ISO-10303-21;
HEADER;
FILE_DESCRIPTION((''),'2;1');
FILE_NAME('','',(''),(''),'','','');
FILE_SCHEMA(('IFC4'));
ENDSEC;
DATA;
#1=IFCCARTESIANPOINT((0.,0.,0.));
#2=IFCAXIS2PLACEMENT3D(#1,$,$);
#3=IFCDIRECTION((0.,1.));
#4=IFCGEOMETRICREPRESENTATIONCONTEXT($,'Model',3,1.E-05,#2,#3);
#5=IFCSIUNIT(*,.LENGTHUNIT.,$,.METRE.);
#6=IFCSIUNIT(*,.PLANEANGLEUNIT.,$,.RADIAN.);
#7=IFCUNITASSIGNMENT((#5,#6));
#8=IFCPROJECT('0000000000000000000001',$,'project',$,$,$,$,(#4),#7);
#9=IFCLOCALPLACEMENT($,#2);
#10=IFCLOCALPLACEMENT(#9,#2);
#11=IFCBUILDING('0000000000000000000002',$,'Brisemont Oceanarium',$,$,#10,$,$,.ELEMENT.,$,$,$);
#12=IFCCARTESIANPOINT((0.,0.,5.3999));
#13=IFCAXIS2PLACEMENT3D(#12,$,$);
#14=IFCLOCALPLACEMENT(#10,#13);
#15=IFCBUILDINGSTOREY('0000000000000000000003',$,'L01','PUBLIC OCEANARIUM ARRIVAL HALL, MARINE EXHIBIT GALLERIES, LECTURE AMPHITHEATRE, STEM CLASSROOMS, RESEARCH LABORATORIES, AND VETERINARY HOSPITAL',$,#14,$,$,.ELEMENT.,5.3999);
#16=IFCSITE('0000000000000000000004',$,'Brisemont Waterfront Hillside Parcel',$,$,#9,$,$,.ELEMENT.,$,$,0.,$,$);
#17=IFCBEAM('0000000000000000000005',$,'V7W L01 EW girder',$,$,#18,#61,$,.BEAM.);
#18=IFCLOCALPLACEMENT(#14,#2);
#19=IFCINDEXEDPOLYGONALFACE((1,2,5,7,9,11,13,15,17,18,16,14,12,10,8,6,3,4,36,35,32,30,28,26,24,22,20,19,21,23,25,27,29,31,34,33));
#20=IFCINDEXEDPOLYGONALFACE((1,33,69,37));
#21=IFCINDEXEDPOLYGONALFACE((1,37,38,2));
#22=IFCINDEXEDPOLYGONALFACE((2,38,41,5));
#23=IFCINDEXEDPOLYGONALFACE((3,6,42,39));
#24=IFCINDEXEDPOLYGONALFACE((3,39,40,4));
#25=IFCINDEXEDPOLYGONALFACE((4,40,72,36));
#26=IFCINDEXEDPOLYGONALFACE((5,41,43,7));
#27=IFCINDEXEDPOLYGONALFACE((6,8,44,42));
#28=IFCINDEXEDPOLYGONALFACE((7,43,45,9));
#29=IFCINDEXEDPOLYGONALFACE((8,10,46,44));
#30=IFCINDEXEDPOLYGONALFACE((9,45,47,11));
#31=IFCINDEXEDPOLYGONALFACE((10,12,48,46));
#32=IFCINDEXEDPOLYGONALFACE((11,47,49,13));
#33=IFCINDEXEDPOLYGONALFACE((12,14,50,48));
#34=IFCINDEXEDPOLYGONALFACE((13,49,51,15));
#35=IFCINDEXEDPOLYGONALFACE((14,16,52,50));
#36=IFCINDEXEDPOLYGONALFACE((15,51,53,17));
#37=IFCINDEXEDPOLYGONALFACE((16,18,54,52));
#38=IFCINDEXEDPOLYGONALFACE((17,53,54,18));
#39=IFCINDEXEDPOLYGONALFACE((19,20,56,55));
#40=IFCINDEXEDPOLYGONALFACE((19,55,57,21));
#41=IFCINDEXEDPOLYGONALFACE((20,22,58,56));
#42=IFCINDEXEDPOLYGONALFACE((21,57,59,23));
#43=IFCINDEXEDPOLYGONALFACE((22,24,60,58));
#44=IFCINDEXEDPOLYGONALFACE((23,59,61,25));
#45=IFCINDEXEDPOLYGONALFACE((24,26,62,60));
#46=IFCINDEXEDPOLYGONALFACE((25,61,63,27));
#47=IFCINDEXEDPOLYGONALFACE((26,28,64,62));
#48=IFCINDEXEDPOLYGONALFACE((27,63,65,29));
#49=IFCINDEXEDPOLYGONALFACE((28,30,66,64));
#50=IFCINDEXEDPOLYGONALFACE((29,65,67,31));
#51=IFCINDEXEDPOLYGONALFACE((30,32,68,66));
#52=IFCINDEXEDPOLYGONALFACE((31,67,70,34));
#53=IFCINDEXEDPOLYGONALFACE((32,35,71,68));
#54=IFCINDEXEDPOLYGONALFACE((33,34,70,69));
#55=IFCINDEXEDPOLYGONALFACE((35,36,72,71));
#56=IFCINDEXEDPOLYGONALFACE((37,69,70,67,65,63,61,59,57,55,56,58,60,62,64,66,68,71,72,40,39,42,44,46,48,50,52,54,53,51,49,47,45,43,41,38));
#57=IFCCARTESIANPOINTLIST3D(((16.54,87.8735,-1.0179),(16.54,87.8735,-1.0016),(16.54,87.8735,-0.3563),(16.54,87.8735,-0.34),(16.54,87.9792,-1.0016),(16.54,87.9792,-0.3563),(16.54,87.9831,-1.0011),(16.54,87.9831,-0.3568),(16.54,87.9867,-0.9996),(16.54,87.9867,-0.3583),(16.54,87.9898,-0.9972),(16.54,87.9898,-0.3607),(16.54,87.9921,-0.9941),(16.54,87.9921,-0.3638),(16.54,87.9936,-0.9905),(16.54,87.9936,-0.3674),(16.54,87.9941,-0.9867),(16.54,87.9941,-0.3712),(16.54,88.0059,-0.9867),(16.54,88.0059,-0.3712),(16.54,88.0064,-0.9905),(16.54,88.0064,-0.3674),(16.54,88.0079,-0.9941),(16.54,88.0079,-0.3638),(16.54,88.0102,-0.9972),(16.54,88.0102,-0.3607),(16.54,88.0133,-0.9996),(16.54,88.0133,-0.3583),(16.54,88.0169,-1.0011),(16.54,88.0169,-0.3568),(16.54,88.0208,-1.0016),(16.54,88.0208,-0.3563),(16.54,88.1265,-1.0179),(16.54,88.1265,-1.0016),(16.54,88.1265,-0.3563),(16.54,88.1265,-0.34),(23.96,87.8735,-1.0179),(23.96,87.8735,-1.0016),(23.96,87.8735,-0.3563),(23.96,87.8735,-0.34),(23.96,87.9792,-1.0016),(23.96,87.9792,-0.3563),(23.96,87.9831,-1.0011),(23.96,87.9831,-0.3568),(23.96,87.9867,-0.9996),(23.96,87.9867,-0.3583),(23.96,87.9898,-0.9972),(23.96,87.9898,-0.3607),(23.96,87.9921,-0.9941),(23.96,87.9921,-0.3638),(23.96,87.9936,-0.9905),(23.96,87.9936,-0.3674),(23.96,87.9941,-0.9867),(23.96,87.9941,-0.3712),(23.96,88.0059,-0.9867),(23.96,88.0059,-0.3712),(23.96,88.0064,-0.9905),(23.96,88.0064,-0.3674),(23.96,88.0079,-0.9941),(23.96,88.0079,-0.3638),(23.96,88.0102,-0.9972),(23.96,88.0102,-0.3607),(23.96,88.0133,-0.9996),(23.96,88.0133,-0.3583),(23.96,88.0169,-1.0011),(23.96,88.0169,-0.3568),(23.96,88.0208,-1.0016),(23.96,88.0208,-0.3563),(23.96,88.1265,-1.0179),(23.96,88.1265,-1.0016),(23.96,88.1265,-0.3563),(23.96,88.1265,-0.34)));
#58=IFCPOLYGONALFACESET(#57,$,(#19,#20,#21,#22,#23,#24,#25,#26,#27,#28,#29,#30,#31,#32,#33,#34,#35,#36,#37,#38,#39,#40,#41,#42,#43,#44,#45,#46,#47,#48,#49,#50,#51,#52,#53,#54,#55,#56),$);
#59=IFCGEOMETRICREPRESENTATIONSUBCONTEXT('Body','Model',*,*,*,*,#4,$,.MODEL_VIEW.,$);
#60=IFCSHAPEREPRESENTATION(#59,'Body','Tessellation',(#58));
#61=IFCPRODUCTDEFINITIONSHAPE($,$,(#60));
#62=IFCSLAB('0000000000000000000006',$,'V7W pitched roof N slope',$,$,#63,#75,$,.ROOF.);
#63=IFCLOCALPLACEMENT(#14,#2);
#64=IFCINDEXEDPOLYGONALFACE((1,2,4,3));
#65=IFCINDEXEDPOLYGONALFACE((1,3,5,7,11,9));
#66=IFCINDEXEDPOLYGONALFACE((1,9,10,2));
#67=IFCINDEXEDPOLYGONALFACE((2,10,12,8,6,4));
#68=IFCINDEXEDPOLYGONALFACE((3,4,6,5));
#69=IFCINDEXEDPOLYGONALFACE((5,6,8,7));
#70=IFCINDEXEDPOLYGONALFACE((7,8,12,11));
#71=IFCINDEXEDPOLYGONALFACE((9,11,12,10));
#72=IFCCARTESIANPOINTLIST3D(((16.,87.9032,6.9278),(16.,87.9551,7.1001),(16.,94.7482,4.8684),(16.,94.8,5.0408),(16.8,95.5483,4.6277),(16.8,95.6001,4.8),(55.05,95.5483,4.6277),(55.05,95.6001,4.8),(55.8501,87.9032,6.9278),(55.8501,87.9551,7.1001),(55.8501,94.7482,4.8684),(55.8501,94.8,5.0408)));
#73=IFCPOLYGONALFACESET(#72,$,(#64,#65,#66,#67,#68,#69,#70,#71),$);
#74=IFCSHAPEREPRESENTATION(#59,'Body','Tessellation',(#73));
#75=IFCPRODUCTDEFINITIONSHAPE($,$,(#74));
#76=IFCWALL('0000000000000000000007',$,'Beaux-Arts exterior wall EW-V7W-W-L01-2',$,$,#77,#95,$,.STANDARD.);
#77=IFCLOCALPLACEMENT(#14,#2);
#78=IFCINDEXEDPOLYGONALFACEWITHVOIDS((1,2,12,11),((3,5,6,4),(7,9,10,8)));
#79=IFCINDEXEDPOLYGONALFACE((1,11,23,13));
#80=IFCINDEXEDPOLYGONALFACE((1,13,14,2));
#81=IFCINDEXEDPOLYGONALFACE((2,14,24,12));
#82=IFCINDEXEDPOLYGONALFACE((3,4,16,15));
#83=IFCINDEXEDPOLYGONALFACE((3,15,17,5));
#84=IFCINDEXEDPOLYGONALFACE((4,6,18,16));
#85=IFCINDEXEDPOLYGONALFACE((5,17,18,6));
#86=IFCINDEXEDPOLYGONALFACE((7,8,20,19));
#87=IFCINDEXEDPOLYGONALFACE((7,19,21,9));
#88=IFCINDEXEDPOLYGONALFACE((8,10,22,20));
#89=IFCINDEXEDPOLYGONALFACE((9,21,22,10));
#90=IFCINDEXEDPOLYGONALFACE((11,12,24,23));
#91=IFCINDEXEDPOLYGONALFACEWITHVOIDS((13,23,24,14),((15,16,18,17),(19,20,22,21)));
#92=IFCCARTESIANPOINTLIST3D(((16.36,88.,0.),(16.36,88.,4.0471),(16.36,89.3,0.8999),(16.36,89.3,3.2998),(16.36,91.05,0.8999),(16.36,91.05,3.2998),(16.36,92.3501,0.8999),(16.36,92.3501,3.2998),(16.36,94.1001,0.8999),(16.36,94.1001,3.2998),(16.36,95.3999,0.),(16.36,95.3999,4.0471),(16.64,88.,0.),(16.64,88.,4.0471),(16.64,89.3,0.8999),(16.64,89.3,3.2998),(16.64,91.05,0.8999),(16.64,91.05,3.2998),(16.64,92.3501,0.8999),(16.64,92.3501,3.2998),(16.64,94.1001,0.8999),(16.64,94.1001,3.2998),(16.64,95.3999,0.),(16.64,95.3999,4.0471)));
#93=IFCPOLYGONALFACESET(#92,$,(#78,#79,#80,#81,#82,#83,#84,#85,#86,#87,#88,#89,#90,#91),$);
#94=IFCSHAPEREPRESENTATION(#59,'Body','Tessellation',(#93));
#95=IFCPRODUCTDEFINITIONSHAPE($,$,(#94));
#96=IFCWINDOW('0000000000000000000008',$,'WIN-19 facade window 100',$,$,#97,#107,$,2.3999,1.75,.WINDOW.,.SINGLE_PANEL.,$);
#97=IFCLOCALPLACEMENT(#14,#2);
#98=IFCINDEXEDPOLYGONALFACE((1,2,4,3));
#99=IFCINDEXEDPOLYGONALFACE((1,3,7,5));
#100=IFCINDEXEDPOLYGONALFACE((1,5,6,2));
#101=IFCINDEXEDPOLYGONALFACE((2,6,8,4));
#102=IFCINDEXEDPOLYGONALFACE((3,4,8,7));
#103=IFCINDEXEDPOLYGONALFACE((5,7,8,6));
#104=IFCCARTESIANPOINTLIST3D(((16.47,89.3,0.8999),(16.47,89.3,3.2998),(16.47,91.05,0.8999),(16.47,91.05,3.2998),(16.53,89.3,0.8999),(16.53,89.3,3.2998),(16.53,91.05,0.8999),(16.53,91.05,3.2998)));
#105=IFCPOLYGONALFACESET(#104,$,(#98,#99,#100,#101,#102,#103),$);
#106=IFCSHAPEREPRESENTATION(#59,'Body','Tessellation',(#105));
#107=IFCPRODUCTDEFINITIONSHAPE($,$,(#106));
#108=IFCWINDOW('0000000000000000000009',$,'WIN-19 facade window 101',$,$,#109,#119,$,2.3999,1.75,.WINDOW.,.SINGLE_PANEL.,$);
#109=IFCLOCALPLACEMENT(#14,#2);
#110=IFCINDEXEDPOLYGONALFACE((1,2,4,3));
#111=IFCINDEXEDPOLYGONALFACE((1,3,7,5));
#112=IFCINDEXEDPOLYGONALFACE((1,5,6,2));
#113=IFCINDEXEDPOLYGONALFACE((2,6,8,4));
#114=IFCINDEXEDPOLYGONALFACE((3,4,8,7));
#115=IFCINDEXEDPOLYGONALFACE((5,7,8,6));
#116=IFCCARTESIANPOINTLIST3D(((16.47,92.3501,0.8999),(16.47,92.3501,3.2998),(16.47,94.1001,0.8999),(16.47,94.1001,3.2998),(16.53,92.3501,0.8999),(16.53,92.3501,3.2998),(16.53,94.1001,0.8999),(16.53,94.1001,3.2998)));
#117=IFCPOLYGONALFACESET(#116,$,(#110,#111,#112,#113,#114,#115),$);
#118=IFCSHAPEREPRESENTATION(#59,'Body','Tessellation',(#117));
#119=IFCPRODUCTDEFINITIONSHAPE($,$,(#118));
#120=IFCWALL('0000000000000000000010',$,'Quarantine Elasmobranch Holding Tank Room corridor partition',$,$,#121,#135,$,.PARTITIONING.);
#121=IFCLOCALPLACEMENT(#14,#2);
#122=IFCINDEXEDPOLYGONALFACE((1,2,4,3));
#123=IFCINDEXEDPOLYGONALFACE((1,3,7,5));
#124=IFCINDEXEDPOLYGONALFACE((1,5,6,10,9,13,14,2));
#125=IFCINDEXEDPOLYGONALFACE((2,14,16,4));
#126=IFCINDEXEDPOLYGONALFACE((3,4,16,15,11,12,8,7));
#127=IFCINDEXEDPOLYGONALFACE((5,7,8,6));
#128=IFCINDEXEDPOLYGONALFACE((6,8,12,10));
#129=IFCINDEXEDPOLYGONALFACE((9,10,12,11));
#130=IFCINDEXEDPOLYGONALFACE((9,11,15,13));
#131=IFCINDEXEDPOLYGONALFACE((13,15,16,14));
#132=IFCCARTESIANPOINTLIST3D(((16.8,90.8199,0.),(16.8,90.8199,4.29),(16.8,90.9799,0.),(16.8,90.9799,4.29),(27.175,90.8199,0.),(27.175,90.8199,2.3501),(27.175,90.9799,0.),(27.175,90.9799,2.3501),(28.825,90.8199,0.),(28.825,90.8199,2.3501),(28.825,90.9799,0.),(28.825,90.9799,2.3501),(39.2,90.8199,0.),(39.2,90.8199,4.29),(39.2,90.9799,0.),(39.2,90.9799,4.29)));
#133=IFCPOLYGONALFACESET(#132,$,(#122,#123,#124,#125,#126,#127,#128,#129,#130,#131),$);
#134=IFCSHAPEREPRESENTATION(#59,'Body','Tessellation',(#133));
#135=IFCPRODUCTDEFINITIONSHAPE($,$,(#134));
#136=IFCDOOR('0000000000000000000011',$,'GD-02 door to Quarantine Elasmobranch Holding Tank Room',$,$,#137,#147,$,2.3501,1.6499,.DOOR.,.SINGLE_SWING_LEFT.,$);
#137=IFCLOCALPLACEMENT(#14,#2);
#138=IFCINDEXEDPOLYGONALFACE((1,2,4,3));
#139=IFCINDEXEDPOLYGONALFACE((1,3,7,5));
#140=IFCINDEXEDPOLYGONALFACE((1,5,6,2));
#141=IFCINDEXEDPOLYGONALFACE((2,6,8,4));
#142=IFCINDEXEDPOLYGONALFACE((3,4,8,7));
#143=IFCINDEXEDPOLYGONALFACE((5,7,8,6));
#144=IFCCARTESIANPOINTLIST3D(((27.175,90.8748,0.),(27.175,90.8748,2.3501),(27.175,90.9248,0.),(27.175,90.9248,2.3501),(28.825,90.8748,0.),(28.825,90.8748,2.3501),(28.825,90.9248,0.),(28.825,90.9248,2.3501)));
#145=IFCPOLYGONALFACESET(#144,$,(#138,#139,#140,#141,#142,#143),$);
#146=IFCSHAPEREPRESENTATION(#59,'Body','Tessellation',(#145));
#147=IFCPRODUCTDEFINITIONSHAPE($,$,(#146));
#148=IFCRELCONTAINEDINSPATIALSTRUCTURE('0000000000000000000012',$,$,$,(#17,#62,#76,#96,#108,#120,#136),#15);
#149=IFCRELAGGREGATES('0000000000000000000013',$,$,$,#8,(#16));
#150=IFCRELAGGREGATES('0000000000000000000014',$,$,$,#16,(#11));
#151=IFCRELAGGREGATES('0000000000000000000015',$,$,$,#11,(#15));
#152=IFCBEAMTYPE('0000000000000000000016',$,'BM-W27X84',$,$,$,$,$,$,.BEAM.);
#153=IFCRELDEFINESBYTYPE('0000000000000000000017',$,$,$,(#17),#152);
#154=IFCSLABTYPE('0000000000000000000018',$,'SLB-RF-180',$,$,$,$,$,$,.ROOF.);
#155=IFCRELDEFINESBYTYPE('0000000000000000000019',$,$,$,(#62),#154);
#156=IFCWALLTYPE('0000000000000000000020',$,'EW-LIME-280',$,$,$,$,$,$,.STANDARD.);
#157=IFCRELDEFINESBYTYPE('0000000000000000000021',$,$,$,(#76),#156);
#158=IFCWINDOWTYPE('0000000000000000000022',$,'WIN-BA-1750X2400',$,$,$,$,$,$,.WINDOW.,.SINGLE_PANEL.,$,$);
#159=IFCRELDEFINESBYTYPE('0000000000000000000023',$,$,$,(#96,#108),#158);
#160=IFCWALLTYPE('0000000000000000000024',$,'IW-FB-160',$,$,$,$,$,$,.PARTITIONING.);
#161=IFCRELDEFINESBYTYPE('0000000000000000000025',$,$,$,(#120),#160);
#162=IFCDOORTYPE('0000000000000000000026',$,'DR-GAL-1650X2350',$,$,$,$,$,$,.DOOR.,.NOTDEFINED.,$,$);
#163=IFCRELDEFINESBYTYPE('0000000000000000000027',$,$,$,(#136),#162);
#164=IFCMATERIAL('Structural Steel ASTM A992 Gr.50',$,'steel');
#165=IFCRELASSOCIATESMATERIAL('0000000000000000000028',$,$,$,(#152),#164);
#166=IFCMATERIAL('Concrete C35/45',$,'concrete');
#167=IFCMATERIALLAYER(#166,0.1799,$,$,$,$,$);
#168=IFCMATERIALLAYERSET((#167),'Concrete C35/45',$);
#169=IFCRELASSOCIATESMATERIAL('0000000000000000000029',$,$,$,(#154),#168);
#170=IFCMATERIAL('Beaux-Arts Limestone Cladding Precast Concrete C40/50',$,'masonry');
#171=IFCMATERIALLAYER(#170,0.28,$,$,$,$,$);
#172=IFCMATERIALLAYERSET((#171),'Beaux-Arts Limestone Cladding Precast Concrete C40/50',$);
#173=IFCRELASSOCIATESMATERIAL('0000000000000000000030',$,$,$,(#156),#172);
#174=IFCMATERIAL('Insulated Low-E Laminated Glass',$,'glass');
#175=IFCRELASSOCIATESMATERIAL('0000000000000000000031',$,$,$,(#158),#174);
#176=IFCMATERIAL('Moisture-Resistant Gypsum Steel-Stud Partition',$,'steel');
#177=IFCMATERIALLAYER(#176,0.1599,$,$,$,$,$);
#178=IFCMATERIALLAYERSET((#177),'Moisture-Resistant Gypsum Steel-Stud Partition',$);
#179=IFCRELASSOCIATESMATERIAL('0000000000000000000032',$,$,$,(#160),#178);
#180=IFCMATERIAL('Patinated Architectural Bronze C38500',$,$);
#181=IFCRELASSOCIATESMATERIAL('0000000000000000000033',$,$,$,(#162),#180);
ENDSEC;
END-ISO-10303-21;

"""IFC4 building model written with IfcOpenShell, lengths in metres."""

from ifc_helpers import new_model, si_unit, direction, frame, frame_2d, origin, origin_2d, place, context, subcontext, project, spatial, polyline, rectangle, i_section, outline, extrude, material, layer, layer_set, material_profile, profile_set, type_object, element, fill, save


model = new_model("IFC4")

# Units and contexts
model_context = context("Model", 3, precision=1e-05, world=origin(), true_north=direction((0.0, 1.0)))
body_context = subcontext(model_context, "Body", "Model", "MODEL_VIEW")
ifc_project = project(units=[si_unit("LENGTHUNIT", "METRE"), si_unit("PLANEANGLEUNIT", "RADIAN")], contexts=[model_context])

# Site, building, storey
site_placement = place(None, origin())
site = spatial("IfcSite", under=ifc_project, at=site_placement, Name="Brisemont Waterfront Hillside Parcel", CompositionType="ELEMENT", RefElevation=0.0)
building_placement = place(site_placement, origin())
building = spatial("IfcBuilding", under=site, at=building_placement, Name="Brisemont Oceanarium", CompositionType="ELEMENT")
storey_placement = place(building_placement, frame((0.0, 0.0, 5.3999)))
storey = spatial("IfcBuildingStorey", under=building, at=storey_placement, Name="L01", Description="PUBLIC OCEANARIUM ARRIVAL HALL, MARINE EXHIBIT GALLERIES, LECTURE AMPHITHEATRE, STEM CLASSROOMS, RESEARCH LABORATORIES, AND VETERINARY HOSPITAL", CompositionType="ELEMENT", Elevation=5.3999)

# Beam
ifc_material_1 = material(Name="Structural Steel ASTM A992 Gr.50", Category="steel")
ifc_material_profile_1 = material_profile(ifc_material_1, i_section(OverallWidth=0.2529, OverallDepth=0.678, WebThickness=0.0117, FlangeThickness=0.0164, FilletRadius=0.0149, at=origin_2d()), Name="W27X84")
ifc_profile_set_1 = profile_set([ifc_material_profile_1], Name="Structural Steel ASTM A992 Gr.50")
beam_type_1 = type_object("IfcBeamType", Name="BM-W27X84", PredefinedType="BEAM", material=ifc_profile_set_1)
beam_1_placement = place(storey_placement, frame((16.54, 88.0, -0.679), z_axis=(1.0, 0.0, 0.0), x_axis=(0.0, 1.0, 0.0)))
element("IfcBeam", 1, at=beam_1_placement, inside=storey, type_object=beam_type_1, Name="V7W L01 EW girder", PredefinedType="BEAM", context=body_context, shape_type="SweptSolid", body=[
    extrude(i_section(OverallWidth=0.2529, OverallDepth=0.678, WebThickness=0.0117, FlangeThickness=0.0164, FilletRadius=0.0149, at=origin_2d()), origin(), (0.0, 0.0, 1.0), 7.4199),
])

# Slab
ifc_material_2 = material(Name="Concrete C35/45", Category="concrete")
ifc_layer_1 = layer(ifc_material_2, 0.1799)
ifc_layer_set_1 = layer_set([ifc_layer_1], Name="Concrete C35/45")
slab_type = type_object("IfcSlabType", Name="SLB-RF-180", PredefinedType="ROOF", material=ifc_layer_set_1)
slab_placement = place(storey_placement, frame((16.0, 87.9551, 7.1001), z_axis=(0.0, 0.2881, 0.9576), x_axis=(1.0, 0.0, 0.0)))
element("IfcSlab", 2, at=slab_placement, inside=storey, type_object=slab_type, Name="V7W pitched roof N slope", PredefinedType="ROOF", context=body_context, shape_type="SweptSolid", body=[
    extrude(outline(polyline([(0.0, 0.0), (39.8501, 0.0), (39.8501, 7.148), (39.05, 7.9835), (0.8, 7.9835), (0.0, 7.148), (0.0, 0.0)])), origin(), (0.0, 0.0, -1.0), 0.1799),
])

# Wall, openings, windows
ifc_material_3 = material(Name="Beaux-Arts Limestone Cladding Precast Concrete C40/50", Category="masonry")
ifc_layer_2 = layer(ifc_material_3, 0.28)
ifc_layer_set_2 = layer_set([ifc_layer_2], Name="Beaux-Arts Limestone Cladding Precast Concrete C40/50")
wall_type_1 = type_object("IfcWallType", Name="EW-LIME-280", PredefinedType="STANDARD", material=ifc_layer_set_2)
wall_1_placement = place(storey_placement, frame((16.5, 88.0, 0.0), z_axis=(0.0, 0.0, 1.0), x_axis=(0.0, 1.0, 0.0)))
wall_1 = element("IfcWall", 3, at=wall_1_placement, inside=storey, type_object=wall_type_1, Name="Beaux-Arts exterior wall EW-V7W-W-L01-2", PredefinedType="STANDARD", context=body_context, shape_type="SweptSolid", body=[
    extrude(rectangle(XDim=7.3999, YDim=0.28, at=frame_2d((3.7, 0.0))), origin(), (0.0, 0.0, 1.0), 4.0471),
])
opening_1_placement = place(wall_1_placement, frame((1.3, 0.0, 0.8999)))
opening_1 = element("IfcOpeningElement", 4, at=opening_1_placement, cuts=wall_1, PredefinedType="OPENING", context=body_context, shape_type="SweptSolid", body=[
    extrude(rectangle(XDim=1.75, YDim=2.3999, at=frame_2d((0.875, 1.2))), frame((0.0, 0.1499, 0.0), z_axis=(0.0, -1.0, 0.0), x_axis=(1.0, 0.0, 0.0)), (0.0, 0.0, 1.0), 0.3),
])
opening_2_placement = place(wall_1_placement, frame((4.3501, 0.0, 0.8999)))
opening_2 = element("IfcOpeningElement", 5, at=opening_2_placement, cuts=wall_1, PredefinedType="OPENING", context=body_context, shape_type="SweptSolid", body=[
    extrude(rectangle(XDim=1.75, YDim=2.3999, at=frame_2d((0.875, 1.2))), frame((0.0, 0.1499, 0.0), z_axis=(0.0, -1.0, 0.0), x_axis=(1.0, 0.0, 0.0)), (0.0, 0.0, 1.0), 0.3),
])
ifc_material_4 = material(Name="Insulated Low-E Laminated Glass", Category="glass")
window_type = type_object("IfcWindowType", Name="WIN-BA-1750X2400", PartitioningType="SINGLE_PANEL", PredefinedType="WINDOW", material=ifc_material_4)
window_1_placement = place(opening_1_placement, origin())
window_1 = element("IfcWindow", 6, at=window_1_placement, inside=storey, type_object=window_type, Name="WIN-19 facade window 100", OverallHeight=2.3999, OverallWidth=1.75, PartitioningType="SINGLE_PANEL", PredefinedType="WINDOW", context=body_context, shape_type="SweptSolid", body=[
    extrude(rectangle(XDim=1.75, YDim=2.3999, at=frame_2d((0.875, 1.2))), frame((0.0, 0.03, 0.0), z_axis=(0.0, -1.0, 0.0), x_axis=(1.0, 0.0, 0.0)), (0.0, 0.0, 1.0), 0.0601),
])
fill(opening_1, window_1)
window_2_placement = place(opening_2_placement, origin())
window_2 = element("IfcWindow", 7, at=window_2_placement, inside=storey, type_object=window_type, Name="WIN-19 facade window 101", OverallHeight=2.3999, OverallWidth=1.75, PartitioningType="SINGLE_PANEL", PredefinedType="WINDOW", context=body_context, shape_type="SweptSolid", body=[
    extrude(rectangle(XDim=1.75, YDim=2.3999, at=frame_2d((0.875, 1.2))), frame((0.0, 0.03, 0.0), z_axis=(0.0, -1.0, 0.0), x_axis=(1.0, 0.0, 0.0)), (0.0, 0.0, 1.0), 0.0601),
])
fill(opening_2, window_2)

# Wall, opening, door
ifc_material_5 = material(Name="Moisture-Resistant Gypsum Steel-Stud Partition", Category="steel")
ifc_layer_3 = layer(ifc_material_5, 0.1599)
ifc_layer_set_3 = layer_set([ifc_layer_3], Name="Moisture-Resistant Gypsum Steel-Stud Partition")
wall_type_2 = type_object("IfcWallType", Name="IW-FB-160", PredefinedType="PARTITIONING", material=ifc_layer_set_3)
wall_2_placement = place(storey_placement, frame((16.8, 90.8999, 0.0), z_axis=(0.0, 0.0, 1.0), x_axis=(1.0, 0.0, 0.0)))
wall_2 = element("IfcWall", 8, at=wall_2_placement, inside=storey, type_object=wall_type_2, Name="Quarantine Elasmobranch Holding Tank Room corridor partition", PredefinedType="PARTITIONING", context=body_context, shape_type="SweptSolid", body=[
    extrude(rectangle(XDim=22.3999, YDim=0.1599, at=frame_2d((11.2, 0.0))), origin(), (0.0, 0.0, 1.0), 4.29),
])
opening_3_placement = place(wall_2_placement, frame((10.375, 0.0, 0.0)))
opening_3 = element("IfcOpeningElement", 9, at=opening_3_placement, cuts=wall_2, PredefinedType="OPENING", context=body_context, shape_type="SweptSolid", body=[
    extrude(rectangle(XDim=1.6499, YDim=2.3501, at=frame_2d((0.825, 1.175))), frame((0.0, 0.0898, 0.0), z_axis=(0.0, -1.0, 0.0), x_axis=(1.0, 0.0, 0.0)), (0.0, 0.0, 1.0), 0.1799),
])
ifc_material_6 = material(Name="Patinated Architectural Bronze C38500")
door_type_1 = type_object("IfcDoorType", Name="DR-GAL-1650X2350", OperationType="NOTDEFINED", PredefinedType="DOOR", material=ifc_material_6)
door_1_placement = place(opening_3_placement, origin())
door_1 = element("IfcDoor", 10, at=door_1_placement, inside=storey, type_object=door_type_1, Name="GD-02 door to Quarantine Elasmobranch Holding Tank Room", OperationType="SINGLE_SWING_LEFT", OverallHeight=2.3501, OverallWidth=1.6499, PredefinedType="DOOR", context=body_context, shape_type="SweptSolid", body=[
    extrude(rectangle(XDim=1.6499, YDim=2.3501, at=frame_2d((0.825, 1.175))), frame((0.0, 0.0249, 0.0), z_axis=(0.0, -1.0, 0.0), x_axis=(1.0, 0.0, 0.0)), (0.0, 0.0, 1.0), 0.05),
])
fill(opening_3, door_1)

save(model, "model.ifc")
